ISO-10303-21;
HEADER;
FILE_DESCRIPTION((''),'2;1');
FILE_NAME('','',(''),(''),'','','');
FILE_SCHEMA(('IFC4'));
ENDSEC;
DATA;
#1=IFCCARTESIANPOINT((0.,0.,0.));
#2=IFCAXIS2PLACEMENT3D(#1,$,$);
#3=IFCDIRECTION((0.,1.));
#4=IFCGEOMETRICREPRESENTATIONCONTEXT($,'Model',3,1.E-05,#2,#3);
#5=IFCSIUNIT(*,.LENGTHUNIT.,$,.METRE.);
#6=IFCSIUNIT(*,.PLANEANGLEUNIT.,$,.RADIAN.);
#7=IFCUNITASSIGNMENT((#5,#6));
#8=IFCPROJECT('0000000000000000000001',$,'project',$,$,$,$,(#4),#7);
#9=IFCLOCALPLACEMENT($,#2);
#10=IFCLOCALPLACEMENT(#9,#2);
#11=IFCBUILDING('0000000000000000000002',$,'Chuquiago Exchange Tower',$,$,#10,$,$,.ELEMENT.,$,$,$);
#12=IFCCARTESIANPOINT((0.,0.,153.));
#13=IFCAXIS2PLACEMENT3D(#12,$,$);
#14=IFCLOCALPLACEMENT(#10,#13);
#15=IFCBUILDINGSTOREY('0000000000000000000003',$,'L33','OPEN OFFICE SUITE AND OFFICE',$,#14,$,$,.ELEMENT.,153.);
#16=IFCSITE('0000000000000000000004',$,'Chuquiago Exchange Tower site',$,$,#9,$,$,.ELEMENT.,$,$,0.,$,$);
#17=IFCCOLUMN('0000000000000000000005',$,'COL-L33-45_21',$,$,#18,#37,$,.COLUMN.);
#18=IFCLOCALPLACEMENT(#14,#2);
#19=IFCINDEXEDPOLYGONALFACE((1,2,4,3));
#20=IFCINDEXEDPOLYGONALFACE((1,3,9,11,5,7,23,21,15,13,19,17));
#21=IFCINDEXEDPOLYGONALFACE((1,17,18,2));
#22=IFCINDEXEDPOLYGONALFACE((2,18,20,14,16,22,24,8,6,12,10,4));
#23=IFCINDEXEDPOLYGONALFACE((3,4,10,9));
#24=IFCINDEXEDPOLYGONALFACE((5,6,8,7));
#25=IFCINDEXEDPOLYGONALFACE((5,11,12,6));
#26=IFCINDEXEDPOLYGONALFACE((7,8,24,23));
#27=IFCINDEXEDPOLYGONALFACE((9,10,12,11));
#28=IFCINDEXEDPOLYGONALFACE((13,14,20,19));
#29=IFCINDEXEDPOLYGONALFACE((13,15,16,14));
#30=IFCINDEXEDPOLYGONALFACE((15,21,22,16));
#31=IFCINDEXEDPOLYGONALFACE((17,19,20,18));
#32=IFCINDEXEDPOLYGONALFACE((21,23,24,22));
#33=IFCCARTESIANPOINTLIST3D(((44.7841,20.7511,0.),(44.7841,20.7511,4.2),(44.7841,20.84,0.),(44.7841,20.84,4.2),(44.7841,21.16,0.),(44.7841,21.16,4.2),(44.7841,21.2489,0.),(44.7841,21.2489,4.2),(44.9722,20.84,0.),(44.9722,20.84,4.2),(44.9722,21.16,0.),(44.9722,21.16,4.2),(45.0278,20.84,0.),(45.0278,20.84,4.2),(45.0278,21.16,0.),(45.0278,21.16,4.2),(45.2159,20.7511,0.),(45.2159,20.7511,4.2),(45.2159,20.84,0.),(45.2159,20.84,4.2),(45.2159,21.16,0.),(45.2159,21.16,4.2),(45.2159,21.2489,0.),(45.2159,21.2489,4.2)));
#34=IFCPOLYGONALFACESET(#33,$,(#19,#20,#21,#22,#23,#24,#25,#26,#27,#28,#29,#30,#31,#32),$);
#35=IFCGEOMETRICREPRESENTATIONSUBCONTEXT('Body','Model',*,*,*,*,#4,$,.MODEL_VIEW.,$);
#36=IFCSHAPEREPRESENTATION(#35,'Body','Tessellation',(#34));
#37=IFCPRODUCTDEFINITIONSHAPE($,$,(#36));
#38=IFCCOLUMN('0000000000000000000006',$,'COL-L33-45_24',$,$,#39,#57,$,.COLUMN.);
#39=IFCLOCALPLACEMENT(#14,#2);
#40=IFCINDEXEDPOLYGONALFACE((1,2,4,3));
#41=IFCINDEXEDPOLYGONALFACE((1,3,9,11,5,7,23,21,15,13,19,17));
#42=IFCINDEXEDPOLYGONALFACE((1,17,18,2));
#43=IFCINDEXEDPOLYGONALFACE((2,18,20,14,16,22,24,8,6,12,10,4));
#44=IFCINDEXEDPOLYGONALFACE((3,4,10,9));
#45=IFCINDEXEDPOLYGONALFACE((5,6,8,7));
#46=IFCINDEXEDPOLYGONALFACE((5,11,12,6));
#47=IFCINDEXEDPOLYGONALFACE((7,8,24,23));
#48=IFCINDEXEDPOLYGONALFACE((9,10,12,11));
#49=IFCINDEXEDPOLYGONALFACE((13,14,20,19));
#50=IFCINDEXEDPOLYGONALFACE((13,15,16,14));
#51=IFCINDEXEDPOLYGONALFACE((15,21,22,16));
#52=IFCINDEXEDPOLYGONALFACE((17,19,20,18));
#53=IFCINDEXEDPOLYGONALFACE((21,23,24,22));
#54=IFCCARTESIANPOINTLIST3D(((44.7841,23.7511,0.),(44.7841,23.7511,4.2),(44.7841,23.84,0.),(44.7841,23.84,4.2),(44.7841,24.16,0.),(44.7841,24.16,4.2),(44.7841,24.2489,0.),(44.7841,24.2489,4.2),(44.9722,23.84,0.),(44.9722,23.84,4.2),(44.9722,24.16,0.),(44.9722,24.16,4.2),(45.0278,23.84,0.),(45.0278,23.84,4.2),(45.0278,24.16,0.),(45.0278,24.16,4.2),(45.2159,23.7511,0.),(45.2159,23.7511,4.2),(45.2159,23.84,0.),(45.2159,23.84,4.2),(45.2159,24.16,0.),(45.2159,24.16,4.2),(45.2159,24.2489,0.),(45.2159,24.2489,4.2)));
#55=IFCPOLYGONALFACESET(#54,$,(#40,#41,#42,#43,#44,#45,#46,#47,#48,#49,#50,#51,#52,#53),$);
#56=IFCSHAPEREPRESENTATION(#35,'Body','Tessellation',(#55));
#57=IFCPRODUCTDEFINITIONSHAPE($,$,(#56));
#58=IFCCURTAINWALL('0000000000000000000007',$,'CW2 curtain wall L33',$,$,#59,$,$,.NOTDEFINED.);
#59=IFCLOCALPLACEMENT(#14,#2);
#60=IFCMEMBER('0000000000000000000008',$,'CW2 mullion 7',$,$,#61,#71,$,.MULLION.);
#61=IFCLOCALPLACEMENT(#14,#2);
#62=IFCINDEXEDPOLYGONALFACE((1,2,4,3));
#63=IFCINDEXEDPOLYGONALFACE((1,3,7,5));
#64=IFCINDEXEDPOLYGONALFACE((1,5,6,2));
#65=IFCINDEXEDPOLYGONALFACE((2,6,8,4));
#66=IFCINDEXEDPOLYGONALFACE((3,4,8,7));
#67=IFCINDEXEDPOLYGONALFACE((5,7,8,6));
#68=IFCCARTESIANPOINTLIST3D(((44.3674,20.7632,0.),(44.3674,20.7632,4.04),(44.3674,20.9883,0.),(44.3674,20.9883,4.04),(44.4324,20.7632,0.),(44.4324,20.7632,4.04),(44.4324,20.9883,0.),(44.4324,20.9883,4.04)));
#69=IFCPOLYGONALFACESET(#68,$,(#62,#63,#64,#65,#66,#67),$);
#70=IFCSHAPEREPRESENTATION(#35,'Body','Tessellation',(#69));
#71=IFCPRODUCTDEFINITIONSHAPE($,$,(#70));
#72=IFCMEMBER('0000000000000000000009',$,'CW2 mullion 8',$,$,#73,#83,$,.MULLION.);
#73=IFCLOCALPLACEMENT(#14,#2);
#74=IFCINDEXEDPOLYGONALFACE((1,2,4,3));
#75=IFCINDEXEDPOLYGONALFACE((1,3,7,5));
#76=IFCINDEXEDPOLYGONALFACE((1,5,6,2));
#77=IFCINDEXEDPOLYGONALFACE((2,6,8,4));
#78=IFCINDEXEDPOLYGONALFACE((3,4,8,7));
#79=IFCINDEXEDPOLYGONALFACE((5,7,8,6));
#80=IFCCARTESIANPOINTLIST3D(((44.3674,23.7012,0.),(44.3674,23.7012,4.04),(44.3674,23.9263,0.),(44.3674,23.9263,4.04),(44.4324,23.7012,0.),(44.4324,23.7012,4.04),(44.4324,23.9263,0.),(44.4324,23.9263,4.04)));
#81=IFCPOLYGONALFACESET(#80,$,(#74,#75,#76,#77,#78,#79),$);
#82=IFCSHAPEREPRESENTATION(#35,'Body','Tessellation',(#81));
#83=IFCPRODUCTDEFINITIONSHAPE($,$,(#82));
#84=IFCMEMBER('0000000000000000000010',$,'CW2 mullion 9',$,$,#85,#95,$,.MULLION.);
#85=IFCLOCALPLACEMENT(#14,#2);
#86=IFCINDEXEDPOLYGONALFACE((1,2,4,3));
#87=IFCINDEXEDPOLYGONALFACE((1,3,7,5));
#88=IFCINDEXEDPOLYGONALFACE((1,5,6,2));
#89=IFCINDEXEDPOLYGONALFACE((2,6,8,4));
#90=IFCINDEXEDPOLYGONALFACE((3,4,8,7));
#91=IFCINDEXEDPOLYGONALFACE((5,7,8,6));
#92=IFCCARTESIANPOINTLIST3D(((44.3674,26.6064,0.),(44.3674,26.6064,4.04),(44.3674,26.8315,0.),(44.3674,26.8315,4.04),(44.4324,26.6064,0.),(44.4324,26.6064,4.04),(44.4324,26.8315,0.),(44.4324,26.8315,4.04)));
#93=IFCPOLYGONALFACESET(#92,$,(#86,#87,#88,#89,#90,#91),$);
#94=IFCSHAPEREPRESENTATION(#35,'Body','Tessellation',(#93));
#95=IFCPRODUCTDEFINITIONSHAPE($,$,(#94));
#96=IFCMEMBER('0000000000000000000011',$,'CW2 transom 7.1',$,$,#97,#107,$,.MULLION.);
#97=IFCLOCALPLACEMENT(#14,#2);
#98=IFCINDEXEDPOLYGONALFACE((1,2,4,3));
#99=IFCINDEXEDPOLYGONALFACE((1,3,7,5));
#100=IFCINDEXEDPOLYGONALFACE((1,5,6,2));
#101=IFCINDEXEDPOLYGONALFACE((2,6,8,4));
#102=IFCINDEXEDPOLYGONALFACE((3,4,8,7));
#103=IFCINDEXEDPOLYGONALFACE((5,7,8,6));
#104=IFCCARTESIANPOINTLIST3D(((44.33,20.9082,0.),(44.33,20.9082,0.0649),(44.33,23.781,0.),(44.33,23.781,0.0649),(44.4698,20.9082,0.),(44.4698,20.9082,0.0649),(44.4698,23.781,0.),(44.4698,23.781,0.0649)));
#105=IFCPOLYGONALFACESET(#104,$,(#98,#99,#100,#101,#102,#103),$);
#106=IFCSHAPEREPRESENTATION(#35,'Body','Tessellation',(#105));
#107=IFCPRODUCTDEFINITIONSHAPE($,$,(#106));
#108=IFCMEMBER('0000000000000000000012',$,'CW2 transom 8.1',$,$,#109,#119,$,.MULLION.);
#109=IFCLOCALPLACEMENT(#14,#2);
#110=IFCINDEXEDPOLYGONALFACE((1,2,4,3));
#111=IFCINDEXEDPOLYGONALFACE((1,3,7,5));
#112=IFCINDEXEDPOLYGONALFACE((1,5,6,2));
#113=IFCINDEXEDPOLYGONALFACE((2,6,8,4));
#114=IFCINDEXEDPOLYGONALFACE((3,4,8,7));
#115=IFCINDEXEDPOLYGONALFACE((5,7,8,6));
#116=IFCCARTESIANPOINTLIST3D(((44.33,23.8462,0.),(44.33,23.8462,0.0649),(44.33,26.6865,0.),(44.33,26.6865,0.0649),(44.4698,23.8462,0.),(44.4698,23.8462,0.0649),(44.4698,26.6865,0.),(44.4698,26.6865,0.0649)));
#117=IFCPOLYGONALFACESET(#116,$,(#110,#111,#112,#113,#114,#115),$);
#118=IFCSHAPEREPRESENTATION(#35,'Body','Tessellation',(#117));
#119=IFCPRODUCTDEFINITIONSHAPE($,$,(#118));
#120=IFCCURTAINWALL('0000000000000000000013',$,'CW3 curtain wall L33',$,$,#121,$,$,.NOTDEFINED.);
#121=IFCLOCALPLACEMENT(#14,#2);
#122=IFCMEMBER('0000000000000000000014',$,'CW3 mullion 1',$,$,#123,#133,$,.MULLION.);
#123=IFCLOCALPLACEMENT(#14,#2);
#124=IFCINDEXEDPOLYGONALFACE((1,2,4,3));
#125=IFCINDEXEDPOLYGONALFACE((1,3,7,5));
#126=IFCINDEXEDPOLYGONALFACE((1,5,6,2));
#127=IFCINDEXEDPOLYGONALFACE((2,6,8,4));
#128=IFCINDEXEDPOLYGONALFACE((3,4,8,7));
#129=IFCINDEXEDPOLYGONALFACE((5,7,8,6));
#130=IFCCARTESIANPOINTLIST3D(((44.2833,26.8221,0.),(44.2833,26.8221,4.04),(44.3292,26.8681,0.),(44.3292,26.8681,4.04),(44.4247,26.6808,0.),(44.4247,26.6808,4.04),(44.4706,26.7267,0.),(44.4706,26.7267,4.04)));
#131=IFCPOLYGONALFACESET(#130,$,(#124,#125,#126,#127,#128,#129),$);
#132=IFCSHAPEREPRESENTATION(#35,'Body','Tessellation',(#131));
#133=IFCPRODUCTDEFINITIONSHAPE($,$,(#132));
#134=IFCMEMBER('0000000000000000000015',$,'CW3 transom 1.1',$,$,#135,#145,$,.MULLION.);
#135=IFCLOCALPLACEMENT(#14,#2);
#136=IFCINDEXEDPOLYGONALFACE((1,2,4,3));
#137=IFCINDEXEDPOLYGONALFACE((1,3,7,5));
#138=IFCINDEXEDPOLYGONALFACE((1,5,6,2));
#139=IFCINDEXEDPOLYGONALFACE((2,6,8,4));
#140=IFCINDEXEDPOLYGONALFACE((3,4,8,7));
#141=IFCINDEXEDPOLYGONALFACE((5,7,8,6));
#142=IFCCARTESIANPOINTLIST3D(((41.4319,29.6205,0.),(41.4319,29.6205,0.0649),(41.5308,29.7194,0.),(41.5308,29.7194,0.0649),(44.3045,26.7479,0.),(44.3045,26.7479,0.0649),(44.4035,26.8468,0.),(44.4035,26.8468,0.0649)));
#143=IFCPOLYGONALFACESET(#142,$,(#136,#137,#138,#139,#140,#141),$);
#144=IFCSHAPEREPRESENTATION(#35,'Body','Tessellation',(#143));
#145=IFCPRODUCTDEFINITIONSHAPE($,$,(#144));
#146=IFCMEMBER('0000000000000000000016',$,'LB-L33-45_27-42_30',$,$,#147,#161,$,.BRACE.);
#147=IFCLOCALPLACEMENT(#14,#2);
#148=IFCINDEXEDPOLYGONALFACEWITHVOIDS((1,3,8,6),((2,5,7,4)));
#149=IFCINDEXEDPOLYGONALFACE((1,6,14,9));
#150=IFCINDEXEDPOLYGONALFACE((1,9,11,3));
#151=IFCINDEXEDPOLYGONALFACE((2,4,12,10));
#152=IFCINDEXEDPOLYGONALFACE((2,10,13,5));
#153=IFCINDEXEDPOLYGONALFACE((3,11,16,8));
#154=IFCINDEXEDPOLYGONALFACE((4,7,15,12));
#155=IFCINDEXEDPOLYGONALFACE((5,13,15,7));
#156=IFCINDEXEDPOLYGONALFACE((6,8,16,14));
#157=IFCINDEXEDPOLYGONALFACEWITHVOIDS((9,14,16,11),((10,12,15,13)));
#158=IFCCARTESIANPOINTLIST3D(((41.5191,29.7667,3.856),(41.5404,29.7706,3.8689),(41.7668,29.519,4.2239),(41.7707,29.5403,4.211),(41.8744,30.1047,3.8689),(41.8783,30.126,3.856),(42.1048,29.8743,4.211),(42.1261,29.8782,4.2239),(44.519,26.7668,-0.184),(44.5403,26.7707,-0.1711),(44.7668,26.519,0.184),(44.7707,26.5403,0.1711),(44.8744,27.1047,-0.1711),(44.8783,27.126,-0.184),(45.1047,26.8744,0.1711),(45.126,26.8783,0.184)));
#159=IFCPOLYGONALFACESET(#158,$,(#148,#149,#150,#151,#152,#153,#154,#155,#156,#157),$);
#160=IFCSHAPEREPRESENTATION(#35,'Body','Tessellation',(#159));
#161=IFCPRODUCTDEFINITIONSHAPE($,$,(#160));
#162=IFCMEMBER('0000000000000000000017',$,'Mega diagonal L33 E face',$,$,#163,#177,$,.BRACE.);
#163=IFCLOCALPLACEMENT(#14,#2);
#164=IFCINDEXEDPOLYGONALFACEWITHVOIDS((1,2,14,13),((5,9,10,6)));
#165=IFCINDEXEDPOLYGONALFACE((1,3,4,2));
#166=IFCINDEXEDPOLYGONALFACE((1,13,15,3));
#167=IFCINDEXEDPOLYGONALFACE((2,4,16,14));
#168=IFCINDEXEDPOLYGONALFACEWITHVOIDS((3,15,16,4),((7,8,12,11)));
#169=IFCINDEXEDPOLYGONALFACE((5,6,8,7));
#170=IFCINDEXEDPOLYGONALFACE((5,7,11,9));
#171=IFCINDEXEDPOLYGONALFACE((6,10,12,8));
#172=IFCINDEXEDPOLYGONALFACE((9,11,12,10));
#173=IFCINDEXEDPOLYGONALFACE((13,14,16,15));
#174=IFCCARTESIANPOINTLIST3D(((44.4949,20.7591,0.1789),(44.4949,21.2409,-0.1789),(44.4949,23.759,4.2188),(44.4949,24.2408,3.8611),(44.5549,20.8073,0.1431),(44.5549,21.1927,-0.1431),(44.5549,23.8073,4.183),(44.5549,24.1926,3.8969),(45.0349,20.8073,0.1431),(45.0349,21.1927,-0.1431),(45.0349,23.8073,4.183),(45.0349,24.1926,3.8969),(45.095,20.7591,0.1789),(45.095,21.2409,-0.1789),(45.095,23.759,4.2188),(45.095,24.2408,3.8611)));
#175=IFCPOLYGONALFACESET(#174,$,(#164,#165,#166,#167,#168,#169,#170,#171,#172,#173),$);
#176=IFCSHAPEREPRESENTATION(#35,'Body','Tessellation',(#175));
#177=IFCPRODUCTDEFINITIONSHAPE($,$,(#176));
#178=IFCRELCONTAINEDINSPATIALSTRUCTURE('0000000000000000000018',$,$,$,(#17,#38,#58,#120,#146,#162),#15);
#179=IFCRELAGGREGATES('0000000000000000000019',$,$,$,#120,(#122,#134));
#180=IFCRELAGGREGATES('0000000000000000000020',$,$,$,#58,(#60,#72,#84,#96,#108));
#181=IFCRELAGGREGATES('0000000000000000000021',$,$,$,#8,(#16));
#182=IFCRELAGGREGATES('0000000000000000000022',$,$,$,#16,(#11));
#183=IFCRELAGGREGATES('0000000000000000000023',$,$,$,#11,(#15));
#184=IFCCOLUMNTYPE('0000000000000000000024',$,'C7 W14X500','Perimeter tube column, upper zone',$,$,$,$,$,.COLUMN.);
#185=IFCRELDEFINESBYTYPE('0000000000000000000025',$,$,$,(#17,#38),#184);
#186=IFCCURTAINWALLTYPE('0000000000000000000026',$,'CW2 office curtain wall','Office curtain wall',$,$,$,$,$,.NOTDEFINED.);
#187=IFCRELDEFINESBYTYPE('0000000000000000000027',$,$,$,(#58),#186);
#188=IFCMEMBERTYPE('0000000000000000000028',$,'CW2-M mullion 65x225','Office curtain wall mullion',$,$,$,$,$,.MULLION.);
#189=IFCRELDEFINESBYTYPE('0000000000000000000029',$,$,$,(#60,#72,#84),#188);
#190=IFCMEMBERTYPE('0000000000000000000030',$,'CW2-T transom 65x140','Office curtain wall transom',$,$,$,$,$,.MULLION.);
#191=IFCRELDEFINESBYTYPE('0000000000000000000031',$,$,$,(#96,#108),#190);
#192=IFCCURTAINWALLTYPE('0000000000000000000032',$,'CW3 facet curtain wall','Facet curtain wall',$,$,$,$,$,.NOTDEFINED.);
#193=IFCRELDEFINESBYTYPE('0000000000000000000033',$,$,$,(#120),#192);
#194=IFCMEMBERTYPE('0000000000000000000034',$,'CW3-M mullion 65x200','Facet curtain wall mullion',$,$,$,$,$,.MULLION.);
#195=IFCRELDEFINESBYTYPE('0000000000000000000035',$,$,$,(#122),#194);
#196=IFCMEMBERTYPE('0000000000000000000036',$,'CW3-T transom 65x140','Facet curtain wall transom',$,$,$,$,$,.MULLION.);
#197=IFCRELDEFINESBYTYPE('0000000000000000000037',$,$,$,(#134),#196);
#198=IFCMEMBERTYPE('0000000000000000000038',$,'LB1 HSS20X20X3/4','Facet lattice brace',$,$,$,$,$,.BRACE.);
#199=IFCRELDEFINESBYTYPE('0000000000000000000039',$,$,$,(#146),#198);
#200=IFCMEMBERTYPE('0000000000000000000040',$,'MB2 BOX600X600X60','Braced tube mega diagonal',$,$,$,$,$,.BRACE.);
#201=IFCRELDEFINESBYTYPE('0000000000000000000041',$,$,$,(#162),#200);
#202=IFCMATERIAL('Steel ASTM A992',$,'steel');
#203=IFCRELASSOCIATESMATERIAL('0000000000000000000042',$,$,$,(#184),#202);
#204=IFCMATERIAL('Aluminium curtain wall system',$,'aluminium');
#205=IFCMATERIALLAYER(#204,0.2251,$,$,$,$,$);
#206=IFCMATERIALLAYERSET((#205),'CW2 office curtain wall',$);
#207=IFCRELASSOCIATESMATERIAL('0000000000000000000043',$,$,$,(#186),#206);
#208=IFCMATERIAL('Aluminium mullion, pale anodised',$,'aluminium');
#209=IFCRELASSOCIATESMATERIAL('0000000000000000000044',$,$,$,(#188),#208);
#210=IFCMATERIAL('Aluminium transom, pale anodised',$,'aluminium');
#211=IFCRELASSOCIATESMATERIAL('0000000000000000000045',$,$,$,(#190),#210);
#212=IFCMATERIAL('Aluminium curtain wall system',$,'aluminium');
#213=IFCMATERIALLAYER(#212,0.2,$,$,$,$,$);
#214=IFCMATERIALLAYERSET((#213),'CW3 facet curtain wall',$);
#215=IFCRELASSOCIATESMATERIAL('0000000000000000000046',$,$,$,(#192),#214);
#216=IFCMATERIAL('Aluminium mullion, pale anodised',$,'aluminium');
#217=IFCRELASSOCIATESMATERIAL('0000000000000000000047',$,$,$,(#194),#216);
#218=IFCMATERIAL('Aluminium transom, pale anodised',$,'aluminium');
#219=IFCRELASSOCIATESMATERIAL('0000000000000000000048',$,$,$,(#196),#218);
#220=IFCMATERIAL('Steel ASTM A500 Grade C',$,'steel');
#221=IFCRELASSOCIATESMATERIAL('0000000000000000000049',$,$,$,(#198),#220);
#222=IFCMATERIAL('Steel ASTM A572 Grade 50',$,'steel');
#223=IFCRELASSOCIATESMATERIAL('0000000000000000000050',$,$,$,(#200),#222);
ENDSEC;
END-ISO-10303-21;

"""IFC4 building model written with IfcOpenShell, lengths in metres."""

from ifc_helpers import new_model, si_unit, direction, frame, origin, origin_2d, place, context, subcontext, project, spatial, rectangle, hollow_rectangle, i_section, extrude, material, layer, layer_set, material_profile, profile_set, type_object, element, aggregate, save


model = new_model("IFC4")

# Units and contexts
model_context = context("Model", 3, precision=1e-05, world=origin(), true_north=direction((0.0, 1.0)))
body_context = subcontext(model_context, "Body", "Model", "MODEL_VIEW")
ifc_project = project(units=[si_unit("LENGTHUNIT", "METRE"), si_unit("PLANEANGLEUNIT", "RADIAN")], contexts=[model_context])

# Site, building, storey
site_placement = place(None, origin())
site = spatial("IfcSite", under=ifc_project, at=site_placement, Name="Chuquiago Exchange Tower site", CompositionType="ELEMENT", RefElevation=0.0)
building_placement = place(site_placement, origin())
building = spatial("IfcBuilding", under=site, at=building_placement, Name="Chuquiago Exchange Tower", CompositionType="ELEMENT")
storey_placement = place(building_placement, frame((0.0, 0.0, 153.0)))
storey = spatial("IfcBuildingStorey", under=building, at=storey_placement, Name="L33", Description="OPEN OFFICE SUITE AND OFFICE", CompositionType="ELEMENT", Elevation=153.0)

# Columns
ifc_material_1 = material(Name="Steel ASTM A992", Category="steel")
ifc_material_profile_1 = material_profile(ifc_material_1, i_section(OverallWidth=0.4319, OverallDepth=0.4978, WebThickness=0.0557, FlangeThickness=0.0889, at=origin_2d()), Name="W14X500")
ifc_profile_set_1 = profile_set([ifc_material_profile_1], Name="Steel ASTM A992")
column_type = type_object("IfcColumnType", Name="C7 W14X500", Description="Perimeter tube column, upper zone", PredefinedType="COLUMN", material=ifc_profile_set_1)
for number, where, z_axis, x_axis, name in (
    (1, (45.0, 21.0, 0.0), (0.0, 0.0, 1.0), (1.0, 0.0, 0.0), "COL-L33-45_21"),
    (2, (45.0, 24.0, 0.0), (0.0, 0.0, 1.0), (1.0, 0.0, 0.0), "COL-L33-45_24"),
):
    element("IfcColumn", number, at=place(storey_placement, frame(where, z_axis=z_axis, x_axis=x_axis)), inside=storey, type_object=column_type, Name=name, PredefinedType="COLUMN", context=body_context, shape_type="SweptSolid", body=[
        extrude(i_section(OverallWidth=0.4319, OverallDepth=0.4978, WebThickness=0.0557, FlangeThickness=0.0889, at=origin_2d()), origin(), (0.0, 0.0, 1.0), 4.2),
    ])

# Curtain walls, members
ifc_material_2 = material(Name="Aluminium curtain wall system", Category="aluminium")
ifc_layer_1 = layer(ifc_material_2, 0.2251)
ifc_layer_set_1 = layer_set([ifc_layer_1], Name="CW2 office curtain wall")
curtain_wall_type_1 = type_object("IfcCurtainWallType", Name="CW2 office curtain wall", Description="Office curtain wall", PredefinedType="NOTDEFINED", material=ifc_layer_set_1)
curtain_wall_1_placement = place(storey_placement, origin())
curtain_wall_1 = element("IfcCurtainWall", 3, at=curtain_wall_1_placement, inside=storey, type_object=curtain_wall_type_1, Name="CW2 curtain wall L33", PredefinedType="NOTDEFINED")
ifc_material_3 = material(Name="Aluminium mullion, pale anodised", Category="aluminium")
ifc_material_profile_2 = material_profile(ifc_material_3, rectangle(XDim=0.0649, YDim=0.2251, at=origin_2d()), Name="AL 65x225")
ifc_profile_set_2 = profile_set([ifc_material_profile_2], Name="Aluminium mullion, pale anodised")
member_type_1 = type_object("IfcMemberType", Name="CW2-M mullion 65x225", Description="Office curtain wall mullion", PredefinedType="MULLION", material=ifc_profile_set_2)
member_1_placement = place(storey_placement, frame((44.3999, 20.8757, 0.0), z_axis=(0.0, 0.0, 1.0), x_axis=(-1.0, 0.0, 0.0)))
member_1 = element("IfcMember", 4, at=member_1_placement, type_object=member_type_1, Name="CW2 mullion 7", PredefinedType="MULLION", context=body_context, shape_type="SweptSolid", body=[
    extrude(rectangle(XDim=0.0649, YDim=0.2251, at=origin_2d()), origin(), (0.0, 0.0, 1.0), 4.04),
])
member_2_placement = place(storey_placement, frame((44.3999, 23.8137, 0.0), z_axis=(0.0, 0.0, 1.0), x_axis=(-1.0, 0.0, 0.0)))
member_2 = element("IfcMember", 5, at=member_2_placement, type_object=member_type_1, Name="CW2 mullion 8", PredefinedType="MULLION", context=body_context, shape_type="SweptSolid", body=[
    extrude(rectangle(XDim=0.0649, YDim=0.2251, at=origin_2d()), origin(), (0.0, 0.0, 1.0), 4.04),
])
member_3_placement = place(storey_placement, frame((44.3999, 26.719, 0.0), z_axis=(0.0, 0.0, 1.0), x_axis=(-1.0, 0.0, 0.0)))
member_3 = element("IfcMember", 6, at=member_3_placement, type_object=member_type_1, Name="CW2 mullion 9", PredefinedType="MULLION", context=body_context, shape_type="SweptSolid", body=[
    extrude(rectangle(XDim=0.0649, YDim=0.2251, at=origin_2d()), origin(), (0.0, 0.0, 1.0), 4.04),
])
ifc_material_4 = material(Name="Aluminium transom, pale anodised", Category="aluminium")
ifc_material_profile_3 = material_profile(ifc_material_4, rectangle(XDim=0.1399, YDim=0.0649, at=origin_2d()), Name="AL 140x65")
ifc_profile_set_3 = profile_set([ifc_material_profile_3], Name="Aluminium transom, pale anodised")
member_type_2 = type_object("IfcMemberType", Name="CW2-T transom 65x140", Description="Office curtain wall transom", PredefinedType="MULLION", material=ifc_profile_set_3)
member_4_placement = place(storey_placement, frame((44.3999, 20.9082, 0.0325), z_axis=(0.0, 1.0, 0.0), x_axis=(-1.0, 0.0, 0.0)))
member_4 = element("IfcMember", 7, at=member_4_placement, type_object=member_type_2, Name="CW2 transom 7.1", PredefinedType="MULLION", context=body_context, shape_type="SweptSolid", body=[
    extrude(rectangle(XDim=0.1399, YDim=0.0649, at=origin_2d()), origin(), (0.0, 0.0, 1.0), 2.8728),
])
member_5_placement = place(storey_placement, frame((44.3999, 23.8462, 0.0325), z_axis=(0.0, 1.0, 0.0), x_axis=(-1.0, 0.0, 0.0)))
member_5 = element("IfcMember", 8, at=member_5_placement, type_object=member_type_2, Name="CW2 transom 8.1", PredefinedType="MULLION", context=body_context, shape_type="SweptSolid", body=[
    extrude(rectangle(XDim=0.1399, YDim=0.0649, at=origin_2d()), origin(), (0.0, 0.0, 1.0), 2.8403),
])
ifc_material_5 = material(Name="Aluminium curtain wall system", Category="aluminium")
ifc_layer_2 = layer(ifc_material_5, 0.2)
ifc_layer_set_2 = layer_set([ifc_layer_2], Name="CW3 facet curtain wall")
curtain_wall_type_2 = type_object("IfcCurtainWallType", Name="CW3 facet curtain wall", Description="Facet curtain wall", PredefinedType="NOTDEFINED", material=ifc_layer_set_2)
curtain_wall_2_placement = place(storey_placement, origin())
curtain_wall_2 = element("IfcCurtainWall", 9, at=curtain_wall_2_placement, inside=storey, type_object=curtain_wall_type_2, Name="CW3 curtain wall L33", PredefinedType="NOTDEFINED")
ifc_material_6 = material(Name="Aluminium mullion, pale anodised", Category="aluminium")
ifc_material_profile_4 = material_profile(ifc_material_6, rectangle(XDim=0.0649, YDim=0.2, at=origin_2d()), Name="AL 65x200")
ifc_profile_set_4 = profile_set([ifc_material_profile_4], Name="Aluminium mullion, pale anodised")
member_type_3 = type_object("IfcMemberType", Name="CW3-M mullion 65x200", Description="Facet curtain wall mullion", PredefinedType="MULLION", material=ifc_profile_set_4)
member_6_placement = place(storey_placement, frame((44.377, 26.7744, 0.0), z_axis=(0.0, 0.0, 1.0), x_axis=(-0.707107, -0.707107, 0.0)))
member_6 = element("IfcMember", 10, at=member_6_placement, type_object=member_type_3, Name="CW3 mullion 1", PredefinedType="MULLION", context=body_context, shape_type="SweptSolid", body=[
    extrude(rectangle(XDim=0.0649, YDim=0.2, at=origin_2d()), origin(), (0.0, 0.0, 1.0), 4.04),
])
ifc_material_7 = material(Name="Aluminium transom, pale anodised", Category="aluminium")
ifc_material_profile_5 = material_profile(ifc_material_7, rectangle(XDim=0.1399, YDim=0.0649, at=origin_2d()), Name="AL 140x65")
ifc_profile_set_5 = profile_set([ifc_material_profile_5], Name="Aluminium transom, pale anodised")
member_type_4 = type_object("IfcMemberType", Name="CW3-T transom 65x140", Description="Facet curtain wall transom", PredefinedType="MULLION", material=ifc_profile_set_5)
member_7_placement = place(storey_placement, frame((44.354, 26.7974, 0.0325), z_axis=(-0.707107, 0.707107, 0.0), x_axis=(-0.707107, -0.707107, 0.0)))
member_7 = element("IfcMember", 11, at=member_7_placement, type_object=member_type_4, Name="CW3 transom 1.1", PredefinedType="MULLION", context=body_context, shape_type="SweptSolid", body=[
    extrude(rectangle(XDim=0.1399, YDim=0.0649, at=origin_2d()), origin(), (0.0, 0.0, 1.0), 4.0625),
])
aggregate(curtain_wall_2, [member_6, member_7])

# Members
ifc_material_8 = material(Name="Steel ASTM A500 Grade C", Category="steel")
ifc_material_profile_6 = material_profile(ifc_material_8, hollow_rectangle(XDim=0.5081, YDim=0.5081, WallThickness=0.0178, at=origin_2d()), Name="HSS20X20X3/4")
ifc_profile_set_6 = profile_set([ifc_material_profile_6], Name="Steel ASTM A500 Grade C")
member_type_5 = type_object("IfcMemberType", Name="LB1 HSS20X20X3/4", Description="Facet lattice brace", PredefinedType="BRACE", material=ifc_profile_set_6)
member_8_placement = place(storey_placement, frame((44.8225, 26.8225, 0.0), z_axis=(-0.512077, 0.512077, 0.689604), x_axis=(-0.707107, -0.707107, 0.0)))
element("IfcMember", 12, at=member_8_placement, inside=storey, type_object=member_type_5, Name="LB-L33-45_27-42_30", PredefinedType="BRACE", context=body_context, shape_type="SweptSolid", body=[
    extrude(hollow_rectangle(XDim=0.5081, YDim=0.5081, WallThickness=0.0178, at=origin_2d()), origin(), (0.0, 0.0, 1.0), 5.8584),
])
ifc_material_9 = material(Name="Steel ASTM A572 Grade 50", Category="steel")
ifc_material_profile_7 = material_profile(ifc_material_9, hollow_rectangle(XDim=0.6001, YDim=0.6001, WallThickness=0.0601, at=origin_2d()), Name="BOX600X600X60")
ifc_profile_set_7 = profile_set([ifc_material_profile_7], Name="Steel ASTM A572 Grade 50")
member_type_6 = type_object("IfcMemberType", Name="MB2 BOX600X600X60", Description="Braced tube mega diagonal", PredefinedType="BRACE", material=ifc_profile_set_7)
member_9_placement = place(storey_placement, frame((44.7949, 21.0, 0.0), z_axis=(0.0, 0.596174, 0.802855), x_axis=(-1.0, 0.0, 0.0)))
element("IfcMember", 13, at=member_9_placement, inside=storey, type_object=member_type_6, Name="Mega diagonal L33 E face", PredefinedType="BRACE", context=body_context, shape_type="SweptSolid", body=[
    extrude(hollow_rectangle(XDim=0.6001, YDim=0.6001, WallThickness=0.0601, at=origin_2d()), origin(), (0.0, 0.0, 1.0), 5.032),
])

aggregate(curtain_wall_1, [member_1, member_2, member_3, member_4, member_5])

save(model, "model.ifc")
